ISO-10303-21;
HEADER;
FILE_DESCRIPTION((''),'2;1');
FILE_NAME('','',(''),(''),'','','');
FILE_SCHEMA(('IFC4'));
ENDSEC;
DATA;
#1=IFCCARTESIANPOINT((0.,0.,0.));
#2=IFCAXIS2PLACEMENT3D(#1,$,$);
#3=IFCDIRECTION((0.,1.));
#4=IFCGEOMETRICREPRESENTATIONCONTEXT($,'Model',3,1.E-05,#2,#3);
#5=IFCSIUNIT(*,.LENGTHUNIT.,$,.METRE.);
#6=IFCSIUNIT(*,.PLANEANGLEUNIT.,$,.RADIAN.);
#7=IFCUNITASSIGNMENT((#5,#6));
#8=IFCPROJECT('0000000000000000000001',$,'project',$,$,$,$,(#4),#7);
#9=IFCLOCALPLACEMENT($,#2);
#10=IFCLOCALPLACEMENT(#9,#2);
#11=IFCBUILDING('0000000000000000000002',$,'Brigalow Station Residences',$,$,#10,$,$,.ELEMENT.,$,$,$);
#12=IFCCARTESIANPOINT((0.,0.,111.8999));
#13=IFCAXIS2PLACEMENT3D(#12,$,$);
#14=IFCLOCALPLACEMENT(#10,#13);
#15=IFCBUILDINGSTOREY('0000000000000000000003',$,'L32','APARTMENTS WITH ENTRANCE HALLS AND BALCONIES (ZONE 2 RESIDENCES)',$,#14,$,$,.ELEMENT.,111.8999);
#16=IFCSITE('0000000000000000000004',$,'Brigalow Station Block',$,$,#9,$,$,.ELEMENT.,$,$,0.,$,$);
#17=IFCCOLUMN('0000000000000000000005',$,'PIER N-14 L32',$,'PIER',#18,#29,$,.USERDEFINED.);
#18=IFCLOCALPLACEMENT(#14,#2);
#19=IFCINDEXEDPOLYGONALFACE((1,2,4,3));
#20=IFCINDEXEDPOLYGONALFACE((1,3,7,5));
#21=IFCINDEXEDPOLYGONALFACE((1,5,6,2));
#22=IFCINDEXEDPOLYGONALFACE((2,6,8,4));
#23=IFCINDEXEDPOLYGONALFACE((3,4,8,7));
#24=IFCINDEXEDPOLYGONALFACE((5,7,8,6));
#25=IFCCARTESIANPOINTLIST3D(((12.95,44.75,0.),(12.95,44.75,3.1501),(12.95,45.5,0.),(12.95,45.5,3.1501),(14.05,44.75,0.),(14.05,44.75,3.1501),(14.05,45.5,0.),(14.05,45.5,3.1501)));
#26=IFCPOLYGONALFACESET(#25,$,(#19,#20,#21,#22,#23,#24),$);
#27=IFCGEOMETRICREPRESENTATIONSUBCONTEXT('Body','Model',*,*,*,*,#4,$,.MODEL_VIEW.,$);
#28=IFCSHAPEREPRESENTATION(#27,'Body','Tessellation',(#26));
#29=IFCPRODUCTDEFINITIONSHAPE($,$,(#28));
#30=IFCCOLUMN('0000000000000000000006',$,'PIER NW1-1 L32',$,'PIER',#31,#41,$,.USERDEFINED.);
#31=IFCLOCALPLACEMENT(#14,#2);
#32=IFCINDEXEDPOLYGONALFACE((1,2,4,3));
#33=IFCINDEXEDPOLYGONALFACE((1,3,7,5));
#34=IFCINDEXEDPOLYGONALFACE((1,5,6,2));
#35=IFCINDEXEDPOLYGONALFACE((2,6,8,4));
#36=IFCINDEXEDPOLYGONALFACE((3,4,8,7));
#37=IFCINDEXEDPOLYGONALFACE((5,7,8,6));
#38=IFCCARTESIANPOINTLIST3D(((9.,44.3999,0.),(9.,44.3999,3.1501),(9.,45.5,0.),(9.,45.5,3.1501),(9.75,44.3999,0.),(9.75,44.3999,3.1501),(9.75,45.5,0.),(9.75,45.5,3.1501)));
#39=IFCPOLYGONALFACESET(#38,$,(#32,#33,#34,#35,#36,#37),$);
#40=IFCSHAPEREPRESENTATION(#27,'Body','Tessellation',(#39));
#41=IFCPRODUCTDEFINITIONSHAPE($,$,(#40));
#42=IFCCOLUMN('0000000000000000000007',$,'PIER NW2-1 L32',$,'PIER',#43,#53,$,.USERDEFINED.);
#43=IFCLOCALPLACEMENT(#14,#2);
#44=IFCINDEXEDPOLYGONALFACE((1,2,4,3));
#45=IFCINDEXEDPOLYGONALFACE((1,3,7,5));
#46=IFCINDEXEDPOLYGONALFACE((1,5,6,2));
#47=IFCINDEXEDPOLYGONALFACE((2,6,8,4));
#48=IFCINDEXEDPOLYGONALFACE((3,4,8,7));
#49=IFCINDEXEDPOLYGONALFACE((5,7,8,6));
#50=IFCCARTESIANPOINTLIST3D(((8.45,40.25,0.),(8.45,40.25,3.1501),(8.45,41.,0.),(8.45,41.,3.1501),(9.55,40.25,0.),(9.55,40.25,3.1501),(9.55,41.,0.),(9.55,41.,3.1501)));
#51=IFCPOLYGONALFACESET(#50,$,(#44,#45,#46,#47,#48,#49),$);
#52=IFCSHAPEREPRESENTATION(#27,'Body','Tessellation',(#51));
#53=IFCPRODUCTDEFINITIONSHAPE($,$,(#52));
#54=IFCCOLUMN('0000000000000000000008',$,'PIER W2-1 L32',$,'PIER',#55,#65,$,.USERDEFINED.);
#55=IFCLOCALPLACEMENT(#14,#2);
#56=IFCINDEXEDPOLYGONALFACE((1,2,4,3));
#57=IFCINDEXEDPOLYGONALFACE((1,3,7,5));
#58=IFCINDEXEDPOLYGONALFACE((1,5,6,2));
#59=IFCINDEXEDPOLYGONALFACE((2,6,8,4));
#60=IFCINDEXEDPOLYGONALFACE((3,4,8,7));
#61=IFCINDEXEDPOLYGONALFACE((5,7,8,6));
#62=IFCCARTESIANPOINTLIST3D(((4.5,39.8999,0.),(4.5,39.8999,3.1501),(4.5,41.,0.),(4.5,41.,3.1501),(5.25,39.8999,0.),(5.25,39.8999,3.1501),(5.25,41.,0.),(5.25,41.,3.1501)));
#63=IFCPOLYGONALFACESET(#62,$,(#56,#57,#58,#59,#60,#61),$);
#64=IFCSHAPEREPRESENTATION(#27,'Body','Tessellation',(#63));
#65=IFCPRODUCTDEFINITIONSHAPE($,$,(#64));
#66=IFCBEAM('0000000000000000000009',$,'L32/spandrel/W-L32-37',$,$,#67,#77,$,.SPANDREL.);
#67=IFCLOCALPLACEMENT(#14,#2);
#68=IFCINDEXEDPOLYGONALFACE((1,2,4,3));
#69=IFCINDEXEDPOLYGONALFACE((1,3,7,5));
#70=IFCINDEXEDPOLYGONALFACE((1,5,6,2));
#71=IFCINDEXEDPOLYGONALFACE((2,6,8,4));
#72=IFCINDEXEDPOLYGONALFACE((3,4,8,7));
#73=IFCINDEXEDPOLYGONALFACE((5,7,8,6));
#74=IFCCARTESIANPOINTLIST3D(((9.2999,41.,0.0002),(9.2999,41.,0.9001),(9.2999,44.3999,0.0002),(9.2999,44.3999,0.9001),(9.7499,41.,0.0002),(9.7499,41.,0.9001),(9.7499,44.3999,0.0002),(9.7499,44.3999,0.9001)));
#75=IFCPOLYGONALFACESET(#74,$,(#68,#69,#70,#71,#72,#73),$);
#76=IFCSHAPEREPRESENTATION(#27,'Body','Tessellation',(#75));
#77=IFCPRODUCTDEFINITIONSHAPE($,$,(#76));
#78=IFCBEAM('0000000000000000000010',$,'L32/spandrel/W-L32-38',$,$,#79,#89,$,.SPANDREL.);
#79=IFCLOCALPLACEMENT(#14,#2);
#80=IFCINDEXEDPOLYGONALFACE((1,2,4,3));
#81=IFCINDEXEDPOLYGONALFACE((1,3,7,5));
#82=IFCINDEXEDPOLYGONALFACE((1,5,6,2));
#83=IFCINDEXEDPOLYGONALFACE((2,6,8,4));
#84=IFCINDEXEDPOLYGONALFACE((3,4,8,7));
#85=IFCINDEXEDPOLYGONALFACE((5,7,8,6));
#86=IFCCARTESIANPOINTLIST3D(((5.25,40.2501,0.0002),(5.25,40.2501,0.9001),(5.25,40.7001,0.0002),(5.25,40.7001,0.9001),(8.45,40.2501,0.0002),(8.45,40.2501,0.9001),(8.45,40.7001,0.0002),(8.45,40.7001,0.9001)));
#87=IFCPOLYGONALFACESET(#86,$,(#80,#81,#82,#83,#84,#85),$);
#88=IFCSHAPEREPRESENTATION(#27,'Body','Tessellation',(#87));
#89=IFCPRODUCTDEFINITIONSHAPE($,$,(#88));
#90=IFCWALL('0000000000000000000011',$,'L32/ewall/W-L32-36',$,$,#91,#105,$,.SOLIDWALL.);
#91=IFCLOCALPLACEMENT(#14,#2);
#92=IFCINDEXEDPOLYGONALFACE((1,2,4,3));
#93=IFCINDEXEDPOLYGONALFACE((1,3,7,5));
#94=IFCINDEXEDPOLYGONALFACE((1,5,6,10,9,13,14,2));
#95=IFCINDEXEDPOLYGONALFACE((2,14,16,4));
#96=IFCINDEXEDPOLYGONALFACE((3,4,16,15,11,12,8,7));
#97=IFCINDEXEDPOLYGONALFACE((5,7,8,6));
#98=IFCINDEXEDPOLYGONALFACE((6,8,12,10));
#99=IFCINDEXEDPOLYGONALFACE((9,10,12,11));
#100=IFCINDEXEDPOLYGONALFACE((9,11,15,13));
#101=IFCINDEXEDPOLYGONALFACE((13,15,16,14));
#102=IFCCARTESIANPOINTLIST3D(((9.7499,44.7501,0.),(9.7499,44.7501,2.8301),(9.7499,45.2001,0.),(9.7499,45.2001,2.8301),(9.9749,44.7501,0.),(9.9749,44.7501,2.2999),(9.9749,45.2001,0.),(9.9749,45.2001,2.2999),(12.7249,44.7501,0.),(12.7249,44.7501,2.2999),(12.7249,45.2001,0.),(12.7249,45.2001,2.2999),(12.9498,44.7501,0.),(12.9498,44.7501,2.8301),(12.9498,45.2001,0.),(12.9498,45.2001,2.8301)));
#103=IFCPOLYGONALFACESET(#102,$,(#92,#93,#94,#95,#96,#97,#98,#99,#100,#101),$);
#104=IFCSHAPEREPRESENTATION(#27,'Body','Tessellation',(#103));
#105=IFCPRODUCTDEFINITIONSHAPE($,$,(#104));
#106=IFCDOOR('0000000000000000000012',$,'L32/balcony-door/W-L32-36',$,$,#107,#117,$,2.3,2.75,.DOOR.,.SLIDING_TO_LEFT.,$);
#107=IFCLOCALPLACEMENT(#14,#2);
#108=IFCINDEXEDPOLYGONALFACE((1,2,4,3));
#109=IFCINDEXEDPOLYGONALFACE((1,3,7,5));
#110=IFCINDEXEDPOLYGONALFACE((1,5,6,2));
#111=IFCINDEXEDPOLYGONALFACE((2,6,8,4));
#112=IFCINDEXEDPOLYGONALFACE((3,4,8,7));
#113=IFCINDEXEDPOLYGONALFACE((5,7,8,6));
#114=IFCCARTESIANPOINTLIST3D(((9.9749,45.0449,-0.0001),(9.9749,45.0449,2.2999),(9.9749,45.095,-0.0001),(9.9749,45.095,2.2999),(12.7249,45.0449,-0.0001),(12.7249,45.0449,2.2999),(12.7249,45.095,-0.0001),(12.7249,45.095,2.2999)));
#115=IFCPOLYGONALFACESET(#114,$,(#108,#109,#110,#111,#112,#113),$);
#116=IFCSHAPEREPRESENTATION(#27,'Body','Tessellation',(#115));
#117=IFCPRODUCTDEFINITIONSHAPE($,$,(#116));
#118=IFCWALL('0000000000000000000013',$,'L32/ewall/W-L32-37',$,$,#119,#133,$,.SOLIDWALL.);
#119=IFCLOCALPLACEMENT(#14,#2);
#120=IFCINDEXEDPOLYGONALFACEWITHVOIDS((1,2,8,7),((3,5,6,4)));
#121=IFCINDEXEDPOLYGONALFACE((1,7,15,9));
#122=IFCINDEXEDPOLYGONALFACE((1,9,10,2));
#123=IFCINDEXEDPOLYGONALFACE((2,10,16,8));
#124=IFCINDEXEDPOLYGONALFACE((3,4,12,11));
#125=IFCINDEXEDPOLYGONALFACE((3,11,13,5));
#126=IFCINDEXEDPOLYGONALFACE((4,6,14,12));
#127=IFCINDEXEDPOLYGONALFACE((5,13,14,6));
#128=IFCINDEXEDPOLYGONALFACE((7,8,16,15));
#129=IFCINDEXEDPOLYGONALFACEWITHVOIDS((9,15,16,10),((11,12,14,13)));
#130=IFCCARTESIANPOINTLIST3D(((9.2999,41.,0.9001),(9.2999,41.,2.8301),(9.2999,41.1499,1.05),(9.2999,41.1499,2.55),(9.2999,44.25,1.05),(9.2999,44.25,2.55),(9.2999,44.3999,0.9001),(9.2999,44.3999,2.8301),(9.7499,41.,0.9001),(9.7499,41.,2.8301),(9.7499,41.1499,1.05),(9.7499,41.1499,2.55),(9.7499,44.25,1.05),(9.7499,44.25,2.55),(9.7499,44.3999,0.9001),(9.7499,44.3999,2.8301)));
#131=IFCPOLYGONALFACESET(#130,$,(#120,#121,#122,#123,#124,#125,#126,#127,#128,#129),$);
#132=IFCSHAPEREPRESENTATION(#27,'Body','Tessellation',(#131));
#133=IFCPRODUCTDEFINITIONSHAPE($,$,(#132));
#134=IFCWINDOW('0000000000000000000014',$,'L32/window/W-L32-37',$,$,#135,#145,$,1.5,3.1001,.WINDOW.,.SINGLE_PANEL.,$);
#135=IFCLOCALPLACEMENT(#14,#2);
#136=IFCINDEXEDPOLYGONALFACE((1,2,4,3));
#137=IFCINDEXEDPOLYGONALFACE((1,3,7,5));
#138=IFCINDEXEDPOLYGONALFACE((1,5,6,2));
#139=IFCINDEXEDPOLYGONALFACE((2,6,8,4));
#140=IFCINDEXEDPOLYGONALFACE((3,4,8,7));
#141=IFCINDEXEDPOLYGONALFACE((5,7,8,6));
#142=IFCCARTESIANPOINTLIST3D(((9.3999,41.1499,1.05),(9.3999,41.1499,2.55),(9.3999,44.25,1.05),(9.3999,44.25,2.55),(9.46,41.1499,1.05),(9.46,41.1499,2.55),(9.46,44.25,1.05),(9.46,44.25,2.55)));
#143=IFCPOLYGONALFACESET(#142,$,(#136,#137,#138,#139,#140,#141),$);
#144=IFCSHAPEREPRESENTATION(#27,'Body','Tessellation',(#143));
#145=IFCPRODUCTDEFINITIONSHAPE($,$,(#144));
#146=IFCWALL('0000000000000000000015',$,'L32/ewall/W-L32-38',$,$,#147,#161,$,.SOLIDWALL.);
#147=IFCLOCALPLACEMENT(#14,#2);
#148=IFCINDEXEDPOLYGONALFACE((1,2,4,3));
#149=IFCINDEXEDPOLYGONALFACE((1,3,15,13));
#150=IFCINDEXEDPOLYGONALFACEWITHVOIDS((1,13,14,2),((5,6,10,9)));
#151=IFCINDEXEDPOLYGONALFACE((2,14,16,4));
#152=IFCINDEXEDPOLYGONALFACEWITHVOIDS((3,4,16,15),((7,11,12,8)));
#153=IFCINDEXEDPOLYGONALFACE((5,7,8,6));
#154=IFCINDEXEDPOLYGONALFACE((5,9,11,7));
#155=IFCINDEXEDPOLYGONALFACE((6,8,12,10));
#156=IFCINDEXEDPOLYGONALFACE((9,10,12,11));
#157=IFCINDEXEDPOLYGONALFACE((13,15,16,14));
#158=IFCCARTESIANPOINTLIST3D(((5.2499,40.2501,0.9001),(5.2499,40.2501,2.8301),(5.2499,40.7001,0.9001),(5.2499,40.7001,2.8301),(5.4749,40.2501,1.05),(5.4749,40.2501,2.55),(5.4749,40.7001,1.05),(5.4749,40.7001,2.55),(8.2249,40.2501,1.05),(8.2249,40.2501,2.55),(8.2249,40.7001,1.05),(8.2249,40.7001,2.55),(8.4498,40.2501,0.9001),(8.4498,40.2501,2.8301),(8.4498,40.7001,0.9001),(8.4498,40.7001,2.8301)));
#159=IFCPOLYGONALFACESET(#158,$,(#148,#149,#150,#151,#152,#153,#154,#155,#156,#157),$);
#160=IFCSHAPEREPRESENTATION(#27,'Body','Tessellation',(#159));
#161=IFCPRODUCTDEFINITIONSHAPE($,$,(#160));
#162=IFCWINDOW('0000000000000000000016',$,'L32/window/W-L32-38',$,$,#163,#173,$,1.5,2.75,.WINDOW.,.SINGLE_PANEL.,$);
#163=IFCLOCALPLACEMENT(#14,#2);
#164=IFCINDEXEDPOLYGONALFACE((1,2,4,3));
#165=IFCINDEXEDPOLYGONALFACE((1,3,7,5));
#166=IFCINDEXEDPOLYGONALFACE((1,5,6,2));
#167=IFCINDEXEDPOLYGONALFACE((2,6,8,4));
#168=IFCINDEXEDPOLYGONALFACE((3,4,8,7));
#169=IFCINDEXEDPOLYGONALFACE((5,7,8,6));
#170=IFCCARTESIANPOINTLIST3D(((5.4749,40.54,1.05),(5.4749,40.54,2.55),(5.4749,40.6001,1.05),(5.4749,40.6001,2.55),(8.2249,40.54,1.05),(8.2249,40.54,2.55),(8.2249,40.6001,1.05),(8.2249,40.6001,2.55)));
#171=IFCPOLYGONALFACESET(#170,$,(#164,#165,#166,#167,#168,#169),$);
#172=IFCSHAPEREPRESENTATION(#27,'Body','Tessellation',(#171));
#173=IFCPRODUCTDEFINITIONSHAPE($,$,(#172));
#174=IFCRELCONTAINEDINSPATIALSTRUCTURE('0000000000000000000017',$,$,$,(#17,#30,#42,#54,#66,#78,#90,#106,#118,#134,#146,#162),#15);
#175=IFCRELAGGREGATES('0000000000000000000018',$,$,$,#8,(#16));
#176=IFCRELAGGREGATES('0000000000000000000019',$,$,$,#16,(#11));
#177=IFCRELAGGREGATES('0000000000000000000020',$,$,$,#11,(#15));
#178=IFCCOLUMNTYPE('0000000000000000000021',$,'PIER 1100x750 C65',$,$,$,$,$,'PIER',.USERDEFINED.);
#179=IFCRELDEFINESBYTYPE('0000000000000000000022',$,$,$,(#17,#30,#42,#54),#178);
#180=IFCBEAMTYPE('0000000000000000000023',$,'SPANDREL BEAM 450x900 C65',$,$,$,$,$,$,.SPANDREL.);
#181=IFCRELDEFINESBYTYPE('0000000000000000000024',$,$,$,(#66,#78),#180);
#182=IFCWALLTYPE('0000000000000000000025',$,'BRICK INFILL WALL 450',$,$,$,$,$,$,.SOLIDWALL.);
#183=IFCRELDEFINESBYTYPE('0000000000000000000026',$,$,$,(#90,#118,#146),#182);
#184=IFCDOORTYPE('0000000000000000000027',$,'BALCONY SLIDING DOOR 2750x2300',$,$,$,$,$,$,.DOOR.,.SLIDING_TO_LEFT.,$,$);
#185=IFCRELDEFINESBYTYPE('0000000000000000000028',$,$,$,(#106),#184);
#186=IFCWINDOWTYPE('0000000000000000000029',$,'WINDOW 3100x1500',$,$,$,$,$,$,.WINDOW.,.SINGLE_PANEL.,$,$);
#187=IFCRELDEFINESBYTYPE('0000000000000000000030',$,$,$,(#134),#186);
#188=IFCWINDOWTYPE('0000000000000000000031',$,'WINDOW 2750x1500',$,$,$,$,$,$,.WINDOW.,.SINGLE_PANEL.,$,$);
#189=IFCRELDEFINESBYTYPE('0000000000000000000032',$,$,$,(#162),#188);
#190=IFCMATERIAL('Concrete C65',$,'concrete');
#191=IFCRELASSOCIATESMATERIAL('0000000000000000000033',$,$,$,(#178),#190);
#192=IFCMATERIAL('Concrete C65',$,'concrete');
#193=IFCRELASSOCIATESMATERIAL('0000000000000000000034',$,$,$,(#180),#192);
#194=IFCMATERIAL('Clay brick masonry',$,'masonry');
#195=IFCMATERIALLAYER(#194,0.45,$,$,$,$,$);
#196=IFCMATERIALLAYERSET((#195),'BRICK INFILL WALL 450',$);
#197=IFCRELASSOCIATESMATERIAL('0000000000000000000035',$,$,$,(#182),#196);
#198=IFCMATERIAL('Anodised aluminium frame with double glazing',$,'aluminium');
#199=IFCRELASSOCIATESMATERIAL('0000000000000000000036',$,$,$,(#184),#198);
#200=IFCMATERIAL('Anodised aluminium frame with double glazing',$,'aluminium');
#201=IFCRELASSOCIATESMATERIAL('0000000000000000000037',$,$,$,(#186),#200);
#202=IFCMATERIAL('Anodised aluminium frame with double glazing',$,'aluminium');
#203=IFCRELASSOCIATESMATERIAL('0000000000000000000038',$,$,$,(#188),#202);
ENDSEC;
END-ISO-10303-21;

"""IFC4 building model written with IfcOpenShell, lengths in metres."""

from ifc_helpers import new_model, si_unit, direction, frame, frame_2d, origin, origin_2d, place, context, subcontext, project, spatial, rectangle, extrude, material, layer, layer_set, material_profile, profile_set, type_object, element, fill, save


model = new_model("IFC4")

# Units and contexts
model_context = context("Model", 3, precision=1e-05, world=origin(), true_north=direction((0.0, 1.0)))
body_context = subcontext(model_context, "Body", "Model", "MODEL_VIEW")
ifc_project = project(units=[si_unit("LENGTHUNIT", "METRE"), si_unit("PLANEANGLEUNIT", "RADIAN")], contexts=[model_context])

# Site, building, storey
site_placement = place(None, origin())
site = spatial("IfcSite", under=ifc_project, at=site_placement, Name="Brigalow Station Block", CompositionType="ELEMENT", RefElevation=0.0)
building_placement = place(site_placement, origin())
building = spatial("IfcBuilding", under=site, at=building_placement, Name="Brigalow Station Residences", CompositionType="ELEMENT")
storey_placement = place(building_placement, frame((0.0, 0.0, 111.8999)))
storey = spatial("IfcBuildingStorey", under=building, at=storey_placement, Name="L32", Description="APARTMENTS WITH ENTRANCE HALLS AND BALCONIES (ZONE 2 RESIDENCES)", CompositionType="ELEMENT", Elevation=111.8999)

# Columns
ifc_material_1 = material(Name="Concrete C65", Category="concrete")
ifc_material_profile_1 = material_profile(ifc_material_1, rectangle(XDim=1.1001, YDim=0.75, at=origin_2d()), Name="RC1100x750")
ifc_profile_set_1 = profile_set([ifc_material_profile_1], Name="Concrete C65")
column_type = type_object("IfcColumnType", Name="PIER 1100x750 C65", ElementType="PIER", PredefinedType="USERDEFINED", material=ifc_profile_set_1)
for number, where, z_axis, x_axis, name in (
    (1, (13.5, 45.125, 0.0), (0.0, 0.0, 1.0), (-1.0, 0.0, 0.0), "PIER N-14 L32"),
    (2, (9.375, 44.95, 0.0), (0.0, 0.0, 1.0), (0.0, -1.0, 0.0), "PIER NW1-1 L32"),
    (3, (9.0, 40.625, 0.0), (0.0, 0.0, 1.0), (-1.0, 0.0, 0.0), "PIER NW2-1 L32"),
    (4, (4.875, 40.45, 0.0), (0.0, 0.0, 1.0), (0.0, -1.0, 0.0), "PIER W2-1 L32"),
):
    element("IfcColumn", number, at=place(storey_placement, frame(where, z_axis=z_axis, x_axis=x_axis)), inside=storey, type_object=column_type, Name=name, ObjectType="PIER", PredefinedType="USERDEFINED", context=body_context, shape_type="SweptSolid", body=[
        extrude(rectangle(XDim=1.1001, YDim=0.75, at=origin_2d()), origin(), (0.0, 0.0, 1.0), 3.1501),
    ])

# Beams
ifc_material_2 = material(Name="Concrete C65", Category="concrete")
ifc_material_profile_2 = material_profile(ifc_material_2, rectangle(XDim=0.45, YDim=0.8999, at=origin_2d()), Name="RC450x900")
ifc_profile_set_2 = profile_set([ifc_material_profile_2], Name="Concrete C65")
beam_type = type_object("IfcBeamType", Name="SPANDREL BEAM 450x900 C65", PredefinedType="SPANDREL", material=ifc_profile_set_2)
beam_1_placement = place(storey_placement, frame((9.5249, 44.3999, 0.4502), z_axis=(0.0, -1.0, 0.0), x_axis=(1.0, 0.0, 0.0)))
element("IfcBeam", 5, at=beam_1_placement, inside=storey, type_object=beam_type, Name="L32/spandrel/W-L32-37", PredefinedType="SPANDREL", context=body_context, shape_type="SweptSolid", body=[
    extrude(rectangle(XDim=0.45, YDim=0.8999, at=origin_2d()), origin(), (0.0, 0.0, 1.0), 3.3999),
])
beam_2_placement = place(storey_placement, frame((8.45, 40.4751, 0.4502), z_axis=(-1.0, 0.0, 0.0), x_axis=(0.0, -1.0, 0.0)))
element("IfcBeam", 6, at=beam_2_placement, inside=storey, type_object=beam_type, Name="L32/spandrel/W-L32-38", PredefinedType="SPANDREL", context=body_context, shape_type="SweptSolid", body=[
    extrude(rectangle(XDim=0.45, YDim=0.8999, at=origin_2d()), origin(), (0.0, 0.0, 1.0), 3.2),
])

# Wall, opening, door
ifc_material_3 = material(Name="Clay brick masonry", Category="masonry")
ifc_layer_1 = layer(ifc_material_3, 0.45)
ifc_layer_set_1 = layer_set([ifc_layer_1], Name="BRICK INFILL WALL 450")
wall_type_1 = type_object("IfcWallType", Name="BRICK INFILL WALL 450", PredefinedType="SOLIDWALL", material=ifc_layer_set_1)
wall_1_placement = place(storey_placement, frame((12.95, 44.9751, 0.0), z_axis=(0.0, 0.0, 1.0), x_axis=(-1.0, 0.0, 0.0)))
wall_1 = element("IfcWall", 7, at=wall_1_placement, inside=storey, type_object=wall_type_1, Name="L32/ewall/W-L32-36", PredefinedType="SOLIDWALL", context=body_context, shape_type="SweptSolid", body=[
    extrude(rectangle(XDim=3.2, YDim=0.45, at=frame_2d((1.6001, 0.0))), origin(), (0.0, 0.0, 1.0), 2.8301),
])
opening_1_placement = place(wall_1_placement, frame((0.2251, 0.0, 0.0)))
opening_1 = element("IfcOpeningElement", 8, at=opening_1_placement, cuts=wall_1, PredefinedType="OPENING", context=body_context, shape_type="SweptSolid", body=[
    extrude(rectangle(XDim=2.75, YDim=2.3, at=frame_2d((1.375, 1.1499))), frame((0.0, 0.2349, 0.0), z_axis=(0.0, -1.0, 0.0), x_axis=(1.0, 0.0, 0.0)), (0.0, 0.0, 1.0), 0.47),
])
ifc_material_4 = material(Name="Anodised aluminium frame with double glazing", Category="aluminium")
door_type = type_object("IfcDoorType", Name="BALCONY SLIDING DOOR 2750x2300", OperationType="SLIDING_TO_LEFT", PredefinedType="DOOR", material=ifc_material_4)
door_placement = place(opening_1_placement, origin())
door = element("IfcDoor", 9, at=door_placement, inside=storey, type_object=door_type, Name="L32/balcony-door/W-L32-36", OperationType="SLIDING_TO_LEFT", OverallHeight=2.3, OverallWidth=2.75, PredefinedType="DOOR", context=body_context, shape_type="SweptSolid", body=[
    extrude(rectangle(XDim=2.75, YDim=2.3, at=frame_2d((1.375, 1.1499))), frame((0.0, -0.0698, 0.0), z_axis=(0.0, -1.0, 0.0), x_axis=(1.0, 0.0, 0.0)), (0.0, 0.0, 1.0), 0.05),
])
fill(opening_1, door)

# Walls, openings, windows
wall_2_placement = place(storey_placement, frame((9.5249, 44.3999, 0.9001), z_axis=(0.0, 0.0, 1.0), x_axis=(0.0, -1.0, 0.0)))
wall_2 = element("IfcWall", 10, at=wall_2_placement, inside=storey, type_object=wall_type_1, Name="L32/ewall/W-L32-37", PredefinedType="SOLIDWALL", context=body_context, shape_type="SweptSolid", body=[
    extrude(rectangle(XDim=3.3999, YDim=0.45, at=frame_2d((1.7, 0.0))), origin(), (0.0, 0.0, 1.0), 1.9299),
])
opening_2_placement = place(wall_2_placement, frame((0.1499, 0.0, 0.1499)))
opening_2 = element("IfcOpeningElement", 11, at=opening_2_placement, cuts=wall_2, PredefinedType="OPENING", context=body_context, shape_type="SweptSolid", body=[
    extrude(rectangle(XDim=3.1001, YDim=1.5, at=frame_2d((1.55, 0.75))), frame((0.0, 0.2349, 0.0), z_axis=(0.0, -1.0, 0.0), x_axis=(1.0, 0.0, 0.0)), (0.0, 0.0, 1.0), 0.47),
])
ifc_material_5 = material(Name="Anodised aluminium frame with double glazing", Category="aluminium")
window_type_1 = type_object("IfcWindowType", Name="WINDOW 3100x1500", PartitioningType="SINGLE_PANEL", PredefinedType="WINDOW", material=ifc_material_5)
window_1_placement = place(opening_2_placement, origin())
window_1 = element("IfcWindow", 12, at=window_1_placement, inside=storey, type_object=window_type_1, Name="L32/window/W-L32-37", OverallHeight=1.5, OverallWidth=3.1001, PartitioningType="SINGLE_PANEL", PredefinedType="WINDOW", context=body_context, shape_type="SweptSolid", body=[
    extrude(rectangle(XDim=3.1001, YDim=1.5, at=frame_2d((1.55, 0.75))), frame((0.0, -0.0649, 0.0), z_axis=(0.0, -1.0, 0.0), x_axis=(1.0, 0.0, 0.0)), (0.0, 0.0, 1.0), 0.0601),
])
fill(opening_2, window_1)
wall_3_placement = place(storey_placement, frame((8.45, 40.4751, 0.9001), z_axis=(0.0, 0.0, 1.0), x_axis=(-1.0, 0.0, 0.0)))
wall_3 = element("IfcWall", 13, at=wall_3_placement, inside=storey, type_object=wall_type_1, Name="L32/ewall/W-L32-38", PredefinedType="SOLIDWALL", context=body_context, shape_type="SweptSolid", body=[
    extrude(rectangle(XDim=3.2, YDim=0.45, at=frame_2d((1.6001, 0.0))), origin(), (0.0, 0.0, 1.0), 1.9299),
])
opening_3_placement = place(wall_3_placement, frame((0.2251, 0.0, 0.1499)))
opening_3 = element("IfcOpeningElement", 14, at=opening_3_placement, cuts=wall_3, PredefinedType="OPENING", context=body_context, shape_type="SweptSolid", body=[
    extrude(rectangle(XDim=2.75, YDim=1.5, at=frame_2d((1.375, 0.75))), frame((0.0, 0.2349, 0.0), z_axis=(0.0, -1.0, 0.0), x_axis=(1.0, 0.0, 0.0)), (0.0, 0.0, 1.0), 0.47),
])
ifc_material_6 = material(Name="Anodised aluminium frame with double glazing", Category="aluminium")
window_type_2 = type_object("IfcWindowType", Name="WINDOW 2750x1500", PartitioningType="SINGLE_PANEL", PredefinedType="WINDOW", material=ifc_material_6)
window_2_placement = place(opening_3_placement, origin())
window_2 = element("IfcWindow", 15, at=window_2_placement, inside=storey, type_object=window_type_2, Name="L32/window/W-L32-38", OverallHeight=1.5, OverallWidth=2.75, PartitioningType="SINGLE_PANEL", PredefinedType="WINDOW", context=body_context, shape_type="SweptSolid", body=[
    extrude(rectangle(XDim=2.75, YDim=1.5, at=frame_2d((1.375, 0.75))), frame((0.0, -0.0649, 0.0), z_axis=(0.0, -1.0, 0.0), x_axis=(1.0, 0.0, 0.0)), (0.0, 0.0, 1.0), 0.0601),
])
fill(opening_3, window_2)

save(model, "model.ifc")
